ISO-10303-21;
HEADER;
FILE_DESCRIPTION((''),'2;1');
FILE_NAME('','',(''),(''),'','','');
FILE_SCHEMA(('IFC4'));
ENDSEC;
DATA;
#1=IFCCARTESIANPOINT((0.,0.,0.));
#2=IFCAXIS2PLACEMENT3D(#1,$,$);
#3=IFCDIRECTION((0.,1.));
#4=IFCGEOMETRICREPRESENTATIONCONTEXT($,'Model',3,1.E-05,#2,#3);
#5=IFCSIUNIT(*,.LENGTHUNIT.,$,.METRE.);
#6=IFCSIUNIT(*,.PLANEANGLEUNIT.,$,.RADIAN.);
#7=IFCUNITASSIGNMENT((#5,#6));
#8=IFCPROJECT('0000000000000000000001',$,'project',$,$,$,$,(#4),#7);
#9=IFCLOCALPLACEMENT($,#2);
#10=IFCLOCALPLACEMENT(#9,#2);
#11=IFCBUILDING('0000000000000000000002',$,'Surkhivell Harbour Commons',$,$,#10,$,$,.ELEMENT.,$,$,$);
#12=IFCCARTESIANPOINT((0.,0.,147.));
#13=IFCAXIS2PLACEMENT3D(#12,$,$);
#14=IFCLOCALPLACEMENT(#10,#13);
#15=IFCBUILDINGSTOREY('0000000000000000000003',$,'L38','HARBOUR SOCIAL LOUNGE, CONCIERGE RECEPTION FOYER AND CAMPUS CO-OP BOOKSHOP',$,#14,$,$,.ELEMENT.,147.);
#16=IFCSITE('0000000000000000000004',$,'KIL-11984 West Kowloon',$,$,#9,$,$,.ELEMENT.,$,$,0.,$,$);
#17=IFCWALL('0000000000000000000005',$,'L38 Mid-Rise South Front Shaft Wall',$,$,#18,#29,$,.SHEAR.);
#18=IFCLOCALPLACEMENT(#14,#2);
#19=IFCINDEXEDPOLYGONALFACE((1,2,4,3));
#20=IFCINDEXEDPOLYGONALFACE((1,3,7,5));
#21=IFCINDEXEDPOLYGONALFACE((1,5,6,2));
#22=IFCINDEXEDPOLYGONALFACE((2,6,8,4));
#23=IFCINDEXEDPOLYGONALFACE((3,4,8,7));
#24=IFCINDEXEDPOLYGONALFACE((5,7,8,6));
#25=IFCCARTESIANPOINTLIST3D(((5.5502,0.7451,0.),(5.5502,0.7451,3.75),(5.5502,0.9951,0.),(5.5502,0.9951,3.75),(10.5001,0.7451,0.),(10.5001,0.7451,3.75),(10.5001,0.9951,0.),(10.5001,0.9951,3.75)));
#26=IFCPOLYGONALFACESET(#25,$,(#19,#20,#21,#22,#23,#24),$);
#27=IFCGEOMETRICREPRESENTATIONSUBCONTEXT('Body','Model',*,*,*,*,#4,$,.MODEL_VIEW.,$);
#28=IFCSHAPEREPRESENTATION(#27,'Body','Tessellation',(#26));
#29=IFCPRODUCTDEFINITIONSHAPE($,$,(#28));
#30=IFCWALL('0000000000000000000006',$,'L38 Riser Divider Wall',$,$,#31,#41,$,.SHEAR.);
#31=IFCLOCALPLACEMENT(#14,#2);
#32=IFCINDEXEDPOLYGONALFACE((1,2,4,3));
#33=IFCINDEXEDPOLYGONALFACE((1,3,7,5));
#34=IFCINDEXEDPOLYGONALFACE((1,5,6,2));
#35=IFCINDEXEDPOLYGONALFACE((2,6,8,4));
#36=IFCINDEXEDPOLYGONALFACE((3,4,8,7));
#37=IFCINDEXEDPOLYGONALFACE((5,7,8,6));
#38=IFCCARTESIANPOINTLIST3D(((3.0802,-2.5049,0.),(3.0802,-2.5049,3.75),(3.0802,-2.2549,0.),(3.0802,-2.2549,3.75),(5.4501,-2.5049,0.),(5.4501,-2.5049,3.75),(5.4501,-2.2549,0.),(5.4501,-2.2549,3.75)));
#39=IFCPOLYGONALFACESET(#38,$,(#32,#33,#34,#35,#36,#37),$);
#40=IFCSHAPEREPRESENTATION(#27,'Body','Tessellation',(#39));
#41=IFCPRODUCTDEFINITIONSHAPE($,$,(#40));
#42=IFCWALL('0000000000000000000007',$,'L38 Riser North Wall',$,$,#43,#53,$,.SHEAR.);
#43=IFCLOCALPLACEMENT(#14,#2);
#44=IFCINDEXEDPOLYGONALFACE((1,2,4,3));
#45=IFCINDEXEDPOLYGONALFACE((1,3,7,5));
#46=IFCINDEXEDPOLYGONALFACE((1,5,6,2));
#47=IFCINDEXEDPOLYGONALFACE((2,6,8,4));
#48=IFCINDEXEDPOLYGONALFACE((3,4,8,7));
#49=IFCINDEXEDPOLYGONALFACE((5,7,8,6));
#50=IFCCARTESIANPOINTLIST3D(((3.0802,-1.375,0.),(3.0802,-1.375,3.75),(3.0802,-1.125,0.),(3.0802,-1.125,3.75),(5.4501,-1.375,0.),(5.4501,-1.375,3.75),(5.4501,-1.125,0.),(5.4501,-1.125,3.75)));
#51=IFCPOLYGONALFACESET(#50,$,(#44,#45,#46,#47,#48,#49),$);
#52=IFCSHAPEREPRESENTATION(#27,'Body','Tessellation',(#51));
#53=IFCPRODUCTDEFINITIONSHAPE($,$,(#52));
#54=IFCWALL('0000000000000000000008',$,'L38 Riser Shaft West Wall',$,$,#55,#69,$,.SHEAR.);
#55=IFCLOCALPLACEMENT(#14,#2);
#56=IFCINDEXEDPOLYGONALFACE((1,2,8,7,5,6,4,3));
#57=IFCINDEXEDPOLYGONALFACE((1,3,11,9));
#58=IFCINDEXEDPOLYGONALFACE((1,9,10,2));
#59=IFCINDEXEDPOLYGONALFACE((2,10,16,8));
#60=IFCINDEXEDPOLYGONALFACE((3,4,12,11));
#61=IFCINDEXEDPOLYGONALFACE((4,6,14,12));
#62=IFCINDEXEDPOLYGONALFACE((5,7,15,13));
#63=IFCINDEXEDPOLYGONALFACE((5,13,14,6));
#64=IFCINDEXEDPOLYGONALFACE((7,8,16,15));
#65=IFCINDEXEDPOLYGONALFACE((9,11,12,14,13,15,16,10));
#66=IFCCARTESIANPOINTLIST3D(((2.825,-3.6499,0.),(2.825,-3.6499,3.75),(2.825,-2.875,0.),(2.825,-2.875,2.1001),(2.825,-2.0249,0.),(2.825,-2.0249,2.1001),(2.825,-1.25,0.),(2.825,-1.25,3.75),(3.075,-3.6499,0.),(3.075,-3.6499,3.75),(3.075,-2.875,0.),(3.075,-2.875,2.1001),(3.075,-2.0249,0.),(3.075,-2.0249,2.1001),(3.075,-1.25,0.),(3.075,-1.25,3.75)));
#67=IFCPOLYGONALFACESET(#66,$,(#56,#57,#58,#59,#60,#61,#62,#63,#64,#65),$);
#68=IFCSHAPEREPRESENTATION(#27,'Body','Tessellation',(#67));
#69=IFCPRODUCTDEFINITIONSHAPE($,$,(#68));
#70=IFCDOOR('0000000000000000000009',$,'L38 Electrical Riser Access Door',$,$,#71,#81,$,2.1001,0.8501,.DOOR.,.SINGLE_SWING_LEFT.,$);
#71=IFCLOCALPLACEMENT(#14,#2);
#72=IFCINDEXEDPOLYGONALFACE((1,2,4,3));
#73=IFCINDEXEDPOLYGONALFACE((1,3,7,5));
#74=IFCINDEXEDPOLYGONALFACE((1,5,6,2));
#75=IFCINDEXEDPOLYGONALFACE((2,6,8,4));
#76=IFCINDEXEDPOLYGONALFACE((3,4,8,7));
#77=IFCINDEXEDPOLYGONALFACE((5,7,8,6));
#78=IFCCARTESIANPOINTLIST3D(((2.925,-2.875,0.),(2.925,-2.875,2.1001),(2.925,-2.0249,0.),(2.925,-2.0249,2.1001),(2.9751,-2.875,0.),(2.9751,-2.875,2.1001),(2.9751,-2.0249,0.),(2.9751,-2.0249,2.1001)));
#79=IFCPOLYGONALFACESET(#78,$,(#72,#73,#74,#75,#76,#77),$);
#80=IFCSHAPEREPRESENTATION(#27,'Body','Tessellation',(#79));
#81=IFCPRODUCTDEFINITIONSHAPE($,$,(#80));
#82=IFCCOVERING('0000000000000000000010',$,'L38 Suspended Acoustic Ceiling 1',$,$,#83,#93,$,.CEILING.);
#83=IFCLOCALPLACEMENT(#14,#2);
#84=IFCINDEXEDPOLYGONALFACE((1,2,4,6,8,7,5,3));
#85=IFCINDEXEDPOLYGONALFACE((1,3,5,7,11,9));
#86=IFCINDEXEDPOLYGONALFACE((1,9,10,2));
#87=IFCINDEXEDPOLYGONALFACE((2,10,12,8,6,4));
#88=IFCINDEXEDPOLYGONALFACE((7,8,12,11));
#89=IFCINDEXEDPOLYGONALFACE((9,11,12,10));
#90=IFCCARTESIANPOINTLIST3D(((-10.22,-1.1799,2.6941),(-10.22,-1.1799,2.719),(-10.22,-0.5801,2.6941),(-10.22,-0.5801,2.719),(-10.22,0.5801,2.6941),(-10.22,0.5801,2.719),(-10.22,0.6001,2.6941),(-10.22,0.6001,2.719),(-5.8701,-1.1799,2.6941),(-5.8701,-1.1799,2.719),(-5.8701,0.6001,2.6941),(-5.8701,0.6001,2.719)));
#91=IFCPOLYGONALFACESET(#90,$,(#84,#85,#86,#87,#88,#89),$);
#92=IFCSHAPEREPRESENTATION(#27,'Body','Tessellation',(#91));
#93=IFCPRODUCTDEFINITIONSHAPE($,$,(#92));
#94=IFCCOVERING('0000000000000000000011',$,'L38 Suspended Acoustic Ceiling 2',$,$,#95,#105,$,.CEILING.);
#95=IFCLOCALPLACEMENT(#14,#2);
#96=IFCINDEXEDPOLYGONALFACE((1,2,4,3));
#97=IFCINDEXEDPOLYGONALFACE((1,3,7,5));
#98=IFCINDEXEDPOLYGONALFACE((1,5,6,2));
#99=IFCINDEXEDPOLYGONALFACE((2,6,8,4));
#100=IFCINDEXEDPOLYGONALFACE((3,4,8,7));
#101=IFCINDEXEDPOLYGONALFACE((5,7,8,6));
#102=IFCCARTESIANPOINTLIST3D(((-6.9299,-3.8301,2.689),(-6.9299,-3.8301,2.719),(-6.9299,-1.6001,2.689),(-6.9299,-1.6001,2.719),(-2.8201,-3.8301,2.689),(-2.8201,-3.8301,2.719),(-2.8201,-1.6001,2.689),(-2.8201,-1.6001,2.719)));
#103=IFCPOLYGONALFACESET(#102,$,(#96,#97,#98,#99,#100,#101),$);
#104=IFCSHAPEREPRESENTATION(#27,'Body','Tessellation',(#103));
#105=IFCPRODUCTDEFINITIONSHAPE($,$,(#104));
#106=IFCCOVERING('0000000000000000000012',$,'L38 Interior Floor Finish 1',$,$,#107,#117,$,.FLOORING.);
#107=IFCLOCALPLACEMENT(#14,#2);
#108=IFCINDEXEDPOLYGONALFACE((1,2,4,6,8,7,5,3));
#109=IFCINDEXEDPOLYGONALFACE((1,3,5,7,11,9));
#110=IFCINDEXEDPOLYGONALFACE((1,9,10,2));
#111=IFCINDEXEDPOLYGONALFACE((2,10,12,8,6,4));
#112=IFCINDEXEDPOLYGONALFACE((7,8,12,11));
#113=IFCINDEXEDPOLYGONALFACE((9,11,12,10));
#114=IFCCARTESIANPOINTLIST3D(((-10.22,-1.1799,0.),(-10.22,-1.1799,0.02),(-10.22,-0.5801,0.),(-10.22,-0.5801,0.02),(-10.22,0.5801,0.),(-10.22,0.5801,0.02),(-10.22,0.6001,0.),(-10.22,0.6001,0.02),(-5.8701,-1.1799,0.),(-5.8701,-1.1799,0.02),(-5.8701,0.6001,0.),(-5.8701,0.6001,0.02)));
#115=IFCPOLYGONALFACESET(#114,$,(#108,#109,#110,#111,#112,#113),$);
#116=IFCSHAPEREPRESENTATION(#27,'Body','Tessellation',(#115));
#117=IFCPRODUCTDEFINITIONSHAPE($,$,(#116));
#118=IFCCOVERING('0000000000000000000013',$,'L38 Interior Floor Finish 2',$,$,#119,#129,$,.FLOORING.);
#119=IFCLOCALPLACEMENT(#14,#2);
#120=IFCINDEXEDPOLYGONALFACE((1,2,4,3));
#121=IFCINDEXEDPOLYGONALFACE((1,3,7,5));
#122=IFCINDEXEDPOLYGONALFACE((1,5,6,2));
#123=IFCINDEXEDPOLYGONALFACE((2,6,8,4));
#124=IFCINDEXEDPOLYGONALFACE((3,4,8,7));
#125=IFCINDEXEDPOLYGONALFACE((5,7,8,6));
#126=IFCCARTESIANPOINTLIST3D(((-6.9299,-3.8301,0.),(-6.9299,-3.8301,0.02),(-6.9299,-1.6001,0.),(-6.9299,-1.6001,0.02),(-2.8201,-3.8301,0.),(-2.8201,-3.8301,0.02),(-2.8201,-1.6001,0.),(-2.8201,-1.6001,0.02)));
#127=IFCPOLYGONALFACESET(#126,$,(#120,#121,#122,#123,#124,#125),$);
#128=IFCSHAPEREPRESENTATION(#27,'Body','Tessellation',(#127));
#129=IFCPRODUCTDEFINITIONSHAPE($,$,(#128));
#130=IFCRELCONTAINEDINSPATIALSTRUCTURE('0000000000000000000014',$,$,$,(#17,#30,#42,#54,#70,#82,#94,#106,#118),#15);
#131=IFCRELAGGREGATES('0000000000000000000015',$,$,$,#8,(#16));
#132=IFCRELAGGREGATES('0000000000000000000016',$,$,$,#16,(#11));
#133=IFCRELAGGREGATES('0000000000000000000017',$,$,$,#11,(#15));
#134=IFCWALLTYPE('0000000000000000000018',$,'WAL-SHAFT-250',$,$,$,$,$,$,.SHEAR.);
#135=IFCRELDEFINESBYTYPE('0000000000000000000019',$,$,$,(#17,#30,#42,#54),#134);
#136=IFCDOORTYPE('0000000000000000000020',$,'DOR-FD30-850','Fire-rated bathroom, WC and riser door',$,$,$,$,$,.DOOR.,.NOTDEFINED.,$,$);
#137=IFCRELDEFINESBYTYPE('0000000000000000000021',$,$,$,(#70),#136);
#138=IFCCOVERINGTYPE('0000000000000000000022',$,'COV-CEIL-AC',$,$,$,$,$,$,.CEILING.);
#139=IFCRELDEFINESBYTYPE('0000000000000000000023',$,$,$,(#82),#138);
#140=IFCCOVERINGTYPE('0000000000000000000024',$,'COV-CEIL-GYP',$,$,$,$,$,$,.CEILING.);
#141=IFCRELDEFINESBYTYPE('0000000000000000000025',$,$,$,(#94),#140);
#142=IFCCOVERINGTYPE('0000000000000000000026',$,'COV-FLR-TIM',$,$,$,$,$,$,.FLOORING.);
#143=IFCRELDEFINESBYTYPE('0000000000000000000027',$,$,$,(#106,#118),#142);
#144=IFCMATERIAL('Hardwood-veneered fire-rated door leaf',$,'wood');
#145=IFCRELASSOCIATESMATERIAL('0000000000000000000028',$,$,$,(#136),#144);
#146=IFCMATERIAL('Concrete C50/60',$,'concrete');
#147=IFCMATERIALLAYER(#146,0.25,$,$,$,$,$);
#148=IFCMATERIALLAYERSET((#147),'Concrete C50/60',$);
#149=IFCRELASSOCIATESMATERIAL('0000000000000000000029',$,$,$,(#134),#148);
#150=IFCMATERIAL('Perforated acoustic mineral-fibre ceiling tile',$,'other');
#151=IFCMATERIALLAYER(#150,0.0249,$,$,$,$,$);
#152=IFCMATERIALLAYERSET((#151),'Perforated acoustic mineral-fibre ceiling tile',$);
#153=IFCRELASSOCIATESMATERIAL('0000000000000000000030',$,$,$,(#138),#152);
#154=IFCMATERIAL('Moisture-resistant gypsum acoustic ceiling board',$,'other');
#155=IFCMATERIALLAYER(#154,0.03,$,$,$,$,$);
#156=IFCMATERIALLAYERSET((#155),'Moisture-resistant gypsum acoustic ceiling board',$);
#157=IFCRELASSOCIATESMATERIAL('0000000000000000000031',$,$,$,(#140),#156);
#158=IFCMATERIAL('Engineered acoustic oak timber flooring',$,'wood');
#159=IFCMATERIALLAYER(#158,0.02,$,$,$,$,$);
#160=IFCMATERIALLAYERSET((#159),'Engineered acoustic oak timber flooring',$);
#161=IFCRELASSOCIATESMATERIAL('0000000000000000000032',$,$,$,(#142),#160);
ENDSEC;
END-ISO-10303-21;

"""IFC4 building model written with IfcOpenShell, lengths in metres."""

from ifc_helpers import new_model, si_unit, direction, frame, frame_2d, origin, place, context, subcontext, project, spatial, polyline, rectangle, outline, extrude, material, layer, layer_set, type_object, element, fill, save


model = new_model("IFC4")

# Units and contexts
model_context = context("Model", 3, precision=1e-05, world=origin(), true_north=direction((0.0, 1.0)))
body_context = subcontext(model_context, "Body", "Model", "MODEL_VIEW")
ifc_project = project(units=[si_unit("LENGTHUNIT", "METRE"), si_unit("PLANEANGLEUNIT", "RADIAN")], contexts=[model_context])

# Site, building, storey
site_placement = place(None, origin())
site = spatial("IfcSite", under=ifc_project, at=site_placement, Name="KIL-11984 West Kowloon", CompositionType="ELEMENT", RefElevation=0.0)
building_placement = place(site_placement, origin())
building = spatial("IfcBuilding", under=site, at=building_placement, Name="Surkhivell Harbour Commons", CompositionType="ELEMENT")
storey_placement = place(building_placement, frame((0.0, 0.0, 147.0)))
storey = spatial("IfcBuildingStorey", under=building, at=storey_placement, Name="L38", Description="HARBOUR SOCIAL LOUNGE, CONCIERGE RECEPTION FOYER AND CAMPUS CO-OP BOOKSHOP", CompositionType="ELEMENT", Elevation=147.0)

# Shared definitions
ifc_material_1 = material(Name="Hardwood-veneered fire-rated door leaf", Category="wood")
door_type_1 = type_object("IfcDoorType", Name="DOR-FD30-850", Description="Fire-rated bathroom, WC and riser door", OperationType="NOTDEFINED", PredefinedType="DOOR", material=ifc_material_1)

# Shared definitions
ifc_material_2 = material(Name="Concrete C50/60", Category="concrete")
ifc_layer_1 = layer(ifc_material_2, 0.25)
ifc_layer_set_1 = layer_set([ifc_layer_1], Name="Concrete C50/60")
wall_type_1 = type_object("IfcWallType", Name="WAL-SHAFT-250", PredefinedType="SHEAR", material=ifc_layer_set_1)

# Walls
wall_1_placement = place(storey_placement, frame((5.55, 0.8701, 0.0), z_axis=(0.0, 0.0, 1.0), x_axis=(1.0, 0.0, 0.0)))
element("IfcWall", 1, at=wall_1_placement, inside=storey, type_object=wall_type_1, Name="L38 Mid-Rise South Front Shaft Wall", PredefinedType="SHEAR", context=body_context, shape_type="SweptSolid", body=[
    extrude(rectangle(XDim=4.95, YDim=0.25, at=frame_2d((2.4751, 0.0))), origin(), (0.0, 0.0, 1.0), 3.75),
])
for number, where, z_axis, x_axis, name in (
    (2, (3.0801, -2.3799, 0.0), (0.0, 0.0, 1.0), (1.0, 0.0, 0.0), "L38 Riser Divider Wall"),
    (3, (3.0801, -1.25, 0.0), (0.0, 0.0, 1.0), (1.0, 0.0, 0.0), "L38 Riser North Wall"),
):
    element("IfcWall", number, at=place(storey_placement, frame(where, z_axis=z_axis, x_axis=x_axis)), inside=storey, type_object=wall_type_1, Name=name, PredefinedType="SHEAR", context=body_context, shape_type="SweptSolid", body=[
        extrude(rectangle(XDim=2.3699, YDim=0.25, at=frame_2d((1.1851, 0.0))), origin(), (0.0, 0.0, 1.0), 3.75),
    ])

# Wall, opening, door
wall_2_placement = place(storey_placement, frame((2.95, -3.6499, 0.0), z_axis=(0.0, 0.0, 1.0), x_axis=(0.0, 1.0, 0.0)))
wall_2 = element("IfcWall", 4, at=wall_2_placement, inside=storey, type_object=wall_type_1, Name="L38 Riser Shaft West Wall", PredefinedType="SHEAR", context=body_context, shape_type="SweptSolid", body=[
    extrude(rectangle(XDim=2.3999, YDim=0.25, at=frame_2d((1.2, 0.0))), origin(), (0.0, 0.0, 1.0), 3.75),
])
opening_1_placement = place(wall_2_placement, frame((0.7749, 0.0, 0.0)))
opening_1 = element("IfcOpeningElement", 5, at=opening_1_placement, cuts=wall_2, PredefinedType="OPENING", context=body_context, shape_type="SweptSolid", body=[
    extrude(rectangle(XDim=0.8501, YDim=2.1001, at=frame_2d((0.425, 1.05))), frame((0.0, 0.135, 0.0), z_axis=(0.0, -1.0, 0.0), x_axis=(1.0, 0.0, 0.0)), (0.0, 0.0, 1.0), 0.27),
])
door_1_placement = place(opening_1_placement, origin())
door_1 = element("IfcDoor", 6, at=door_1_placement, inside=storey, type_object=door_type_1, Name="L38 Electrical Riser Access Door", OperationType="SINGLE_SWING_LEFT", OverallHeight=2.1001, OverallWidth=0.8501, PredefinedType="DOOR", context=body_context, shape_type="SweptSolid", body=[
    extrude(rectangle(XDim=0.8501, YDim=2.1001, at=frame_2d((0.425, 1.05))), frame((0.0, 0.0249, 0.0), z_axis=(0.0, -1.0, 0.0), x_axis=(1.0, 0.0, 0.0)), (0.0, 0.0, 1.0), 0.05),
])
fill(opening_1, door_1)

# Coverings
ifc_material_3 = material(Name="Perforated acoustic mineral-fibre ceiling tile", Category="other")
ifc_layer_2 = layer(ifc_material_3, 0.0249)
ifc_layer_set_2 = layer_set([ifc_layer_2], Name="Perforated acoustic mineral-fibre ceiling tile")
covering_type_1 = type_object("IfcCoveringType", Name="COV-CEIL-AC", PredefinedType="CEILING", material=ifc_layer_set_2)
covering_1_placement = place(storey_placement, frame((0.0, 0.0, 2.6941)))
element("IfcCovering", 7, at=covering_1_placement, inside=storey, type_object=covering_type_1, Name="L38 Suspended Acoustic Ceiling 1", PredefinedType="CEILING", context=body_context, shape_type="SweptSolid", body=[
    extrude(outline(polyline([(-10.22, -1.1799), (-5.8701, -1.1799), (-5.8701, 0.6001), (-10.22, 0.6001), (-10.22, 0.5801), (-10.22, -0.5801), (-10.22, -1.1799)])), origin(), (0.0, 0.0, 1.0), 0.0249),
])
ifc_material_4 = material(Name="Moisture-resistant gypsum acoustic ceiling board", Category="other")
ifc_layer_3 = layer(ifc_material_4, 0.03)
ifc_layer_set_3 = layer_set([ifc_layer_3], Name="Moisture-resistant gypsum acoustic ceiling board")
covering_type_2 = type_object("IfcCoveringType", Name="COV-CEIL-GYP", PredefinedType="CEILING", material=ifc_layer_set_3)
covering_2_placement = place(storey_placement, frame((0.0, 0.0, 2.689)))
element("IfcCovering", 8, at=covering_2_placement, inside=storey, type_object=covering_type_2, Name="L38 Suspended Acoustic Ceiling 2", PredefinedType="CEILING", context=body_context, shape_type="SweptSolid", body=[
    extrude(outline(polyline([(-6.9299, -3.8301), (-2.8201, -3.8301), (-2.8201, -1.6001), (-6.9299, -1.6001), (-6.9299, -3.8301)])), origin(), (0.0, 0.0, 1.0), 0.03),
])
ifc_material_5 = material(Name="Engineered acoustic oak timber flooring", Category="wood")
ifc_layer_4 = layer(ifc_material_5, 0.02)
ifc_layer_set_4 = layer_set([ifc_layer_4], Name="Engineered acoustic oak timber flooring")
covering_type_3 = type_object("IfcCoveringType", Name="COV-FLR-TIM", PredefinedType="FLOORING", material=ifc_layer_set_4)
covering_3_placement = place(storey_placement, origin())
element("IfcCovering", 9, at=covering_3_placement, inside=storey, type_object=covering_type_3, Name="L38 Interior Floor Finish 1", PredefinedType="FLOORING", context=body_context, shape_type="SweptSolid", body=[
    extrude(outline(polyline([(-10.22, -1.1799), (-5.8701, -1.1799), (-5.8701, 0.6001), (-10.22, 0.6001), (-10.22, 0.5801), (-10.22, -0.5801), (-10.22, -1.1799)])), origin(), (0.0, 0.0, 1.0), 0.02),
])
covering_4_placement = place(storey_placement, origin())
element("IfcCovering", 10, at=covering_4_placement, inside=storey, type_object=covering_type_3, Name="L38 Interior Floor Finish 2", PredefinedType="FLOORING", context=body_context, shape_type="SweptSolid", body=[
    extrude(outline(polyline([(-6.9299, -3.8301), (-2.8201, -3.8301), (-2.8201, -1.6001), (-6.9299, -1.6001), (-6.9299, -3.8301)])), origin(), (0.0, 0.0, 1.0), 0.02),
])

save(model, "model.ifc")
